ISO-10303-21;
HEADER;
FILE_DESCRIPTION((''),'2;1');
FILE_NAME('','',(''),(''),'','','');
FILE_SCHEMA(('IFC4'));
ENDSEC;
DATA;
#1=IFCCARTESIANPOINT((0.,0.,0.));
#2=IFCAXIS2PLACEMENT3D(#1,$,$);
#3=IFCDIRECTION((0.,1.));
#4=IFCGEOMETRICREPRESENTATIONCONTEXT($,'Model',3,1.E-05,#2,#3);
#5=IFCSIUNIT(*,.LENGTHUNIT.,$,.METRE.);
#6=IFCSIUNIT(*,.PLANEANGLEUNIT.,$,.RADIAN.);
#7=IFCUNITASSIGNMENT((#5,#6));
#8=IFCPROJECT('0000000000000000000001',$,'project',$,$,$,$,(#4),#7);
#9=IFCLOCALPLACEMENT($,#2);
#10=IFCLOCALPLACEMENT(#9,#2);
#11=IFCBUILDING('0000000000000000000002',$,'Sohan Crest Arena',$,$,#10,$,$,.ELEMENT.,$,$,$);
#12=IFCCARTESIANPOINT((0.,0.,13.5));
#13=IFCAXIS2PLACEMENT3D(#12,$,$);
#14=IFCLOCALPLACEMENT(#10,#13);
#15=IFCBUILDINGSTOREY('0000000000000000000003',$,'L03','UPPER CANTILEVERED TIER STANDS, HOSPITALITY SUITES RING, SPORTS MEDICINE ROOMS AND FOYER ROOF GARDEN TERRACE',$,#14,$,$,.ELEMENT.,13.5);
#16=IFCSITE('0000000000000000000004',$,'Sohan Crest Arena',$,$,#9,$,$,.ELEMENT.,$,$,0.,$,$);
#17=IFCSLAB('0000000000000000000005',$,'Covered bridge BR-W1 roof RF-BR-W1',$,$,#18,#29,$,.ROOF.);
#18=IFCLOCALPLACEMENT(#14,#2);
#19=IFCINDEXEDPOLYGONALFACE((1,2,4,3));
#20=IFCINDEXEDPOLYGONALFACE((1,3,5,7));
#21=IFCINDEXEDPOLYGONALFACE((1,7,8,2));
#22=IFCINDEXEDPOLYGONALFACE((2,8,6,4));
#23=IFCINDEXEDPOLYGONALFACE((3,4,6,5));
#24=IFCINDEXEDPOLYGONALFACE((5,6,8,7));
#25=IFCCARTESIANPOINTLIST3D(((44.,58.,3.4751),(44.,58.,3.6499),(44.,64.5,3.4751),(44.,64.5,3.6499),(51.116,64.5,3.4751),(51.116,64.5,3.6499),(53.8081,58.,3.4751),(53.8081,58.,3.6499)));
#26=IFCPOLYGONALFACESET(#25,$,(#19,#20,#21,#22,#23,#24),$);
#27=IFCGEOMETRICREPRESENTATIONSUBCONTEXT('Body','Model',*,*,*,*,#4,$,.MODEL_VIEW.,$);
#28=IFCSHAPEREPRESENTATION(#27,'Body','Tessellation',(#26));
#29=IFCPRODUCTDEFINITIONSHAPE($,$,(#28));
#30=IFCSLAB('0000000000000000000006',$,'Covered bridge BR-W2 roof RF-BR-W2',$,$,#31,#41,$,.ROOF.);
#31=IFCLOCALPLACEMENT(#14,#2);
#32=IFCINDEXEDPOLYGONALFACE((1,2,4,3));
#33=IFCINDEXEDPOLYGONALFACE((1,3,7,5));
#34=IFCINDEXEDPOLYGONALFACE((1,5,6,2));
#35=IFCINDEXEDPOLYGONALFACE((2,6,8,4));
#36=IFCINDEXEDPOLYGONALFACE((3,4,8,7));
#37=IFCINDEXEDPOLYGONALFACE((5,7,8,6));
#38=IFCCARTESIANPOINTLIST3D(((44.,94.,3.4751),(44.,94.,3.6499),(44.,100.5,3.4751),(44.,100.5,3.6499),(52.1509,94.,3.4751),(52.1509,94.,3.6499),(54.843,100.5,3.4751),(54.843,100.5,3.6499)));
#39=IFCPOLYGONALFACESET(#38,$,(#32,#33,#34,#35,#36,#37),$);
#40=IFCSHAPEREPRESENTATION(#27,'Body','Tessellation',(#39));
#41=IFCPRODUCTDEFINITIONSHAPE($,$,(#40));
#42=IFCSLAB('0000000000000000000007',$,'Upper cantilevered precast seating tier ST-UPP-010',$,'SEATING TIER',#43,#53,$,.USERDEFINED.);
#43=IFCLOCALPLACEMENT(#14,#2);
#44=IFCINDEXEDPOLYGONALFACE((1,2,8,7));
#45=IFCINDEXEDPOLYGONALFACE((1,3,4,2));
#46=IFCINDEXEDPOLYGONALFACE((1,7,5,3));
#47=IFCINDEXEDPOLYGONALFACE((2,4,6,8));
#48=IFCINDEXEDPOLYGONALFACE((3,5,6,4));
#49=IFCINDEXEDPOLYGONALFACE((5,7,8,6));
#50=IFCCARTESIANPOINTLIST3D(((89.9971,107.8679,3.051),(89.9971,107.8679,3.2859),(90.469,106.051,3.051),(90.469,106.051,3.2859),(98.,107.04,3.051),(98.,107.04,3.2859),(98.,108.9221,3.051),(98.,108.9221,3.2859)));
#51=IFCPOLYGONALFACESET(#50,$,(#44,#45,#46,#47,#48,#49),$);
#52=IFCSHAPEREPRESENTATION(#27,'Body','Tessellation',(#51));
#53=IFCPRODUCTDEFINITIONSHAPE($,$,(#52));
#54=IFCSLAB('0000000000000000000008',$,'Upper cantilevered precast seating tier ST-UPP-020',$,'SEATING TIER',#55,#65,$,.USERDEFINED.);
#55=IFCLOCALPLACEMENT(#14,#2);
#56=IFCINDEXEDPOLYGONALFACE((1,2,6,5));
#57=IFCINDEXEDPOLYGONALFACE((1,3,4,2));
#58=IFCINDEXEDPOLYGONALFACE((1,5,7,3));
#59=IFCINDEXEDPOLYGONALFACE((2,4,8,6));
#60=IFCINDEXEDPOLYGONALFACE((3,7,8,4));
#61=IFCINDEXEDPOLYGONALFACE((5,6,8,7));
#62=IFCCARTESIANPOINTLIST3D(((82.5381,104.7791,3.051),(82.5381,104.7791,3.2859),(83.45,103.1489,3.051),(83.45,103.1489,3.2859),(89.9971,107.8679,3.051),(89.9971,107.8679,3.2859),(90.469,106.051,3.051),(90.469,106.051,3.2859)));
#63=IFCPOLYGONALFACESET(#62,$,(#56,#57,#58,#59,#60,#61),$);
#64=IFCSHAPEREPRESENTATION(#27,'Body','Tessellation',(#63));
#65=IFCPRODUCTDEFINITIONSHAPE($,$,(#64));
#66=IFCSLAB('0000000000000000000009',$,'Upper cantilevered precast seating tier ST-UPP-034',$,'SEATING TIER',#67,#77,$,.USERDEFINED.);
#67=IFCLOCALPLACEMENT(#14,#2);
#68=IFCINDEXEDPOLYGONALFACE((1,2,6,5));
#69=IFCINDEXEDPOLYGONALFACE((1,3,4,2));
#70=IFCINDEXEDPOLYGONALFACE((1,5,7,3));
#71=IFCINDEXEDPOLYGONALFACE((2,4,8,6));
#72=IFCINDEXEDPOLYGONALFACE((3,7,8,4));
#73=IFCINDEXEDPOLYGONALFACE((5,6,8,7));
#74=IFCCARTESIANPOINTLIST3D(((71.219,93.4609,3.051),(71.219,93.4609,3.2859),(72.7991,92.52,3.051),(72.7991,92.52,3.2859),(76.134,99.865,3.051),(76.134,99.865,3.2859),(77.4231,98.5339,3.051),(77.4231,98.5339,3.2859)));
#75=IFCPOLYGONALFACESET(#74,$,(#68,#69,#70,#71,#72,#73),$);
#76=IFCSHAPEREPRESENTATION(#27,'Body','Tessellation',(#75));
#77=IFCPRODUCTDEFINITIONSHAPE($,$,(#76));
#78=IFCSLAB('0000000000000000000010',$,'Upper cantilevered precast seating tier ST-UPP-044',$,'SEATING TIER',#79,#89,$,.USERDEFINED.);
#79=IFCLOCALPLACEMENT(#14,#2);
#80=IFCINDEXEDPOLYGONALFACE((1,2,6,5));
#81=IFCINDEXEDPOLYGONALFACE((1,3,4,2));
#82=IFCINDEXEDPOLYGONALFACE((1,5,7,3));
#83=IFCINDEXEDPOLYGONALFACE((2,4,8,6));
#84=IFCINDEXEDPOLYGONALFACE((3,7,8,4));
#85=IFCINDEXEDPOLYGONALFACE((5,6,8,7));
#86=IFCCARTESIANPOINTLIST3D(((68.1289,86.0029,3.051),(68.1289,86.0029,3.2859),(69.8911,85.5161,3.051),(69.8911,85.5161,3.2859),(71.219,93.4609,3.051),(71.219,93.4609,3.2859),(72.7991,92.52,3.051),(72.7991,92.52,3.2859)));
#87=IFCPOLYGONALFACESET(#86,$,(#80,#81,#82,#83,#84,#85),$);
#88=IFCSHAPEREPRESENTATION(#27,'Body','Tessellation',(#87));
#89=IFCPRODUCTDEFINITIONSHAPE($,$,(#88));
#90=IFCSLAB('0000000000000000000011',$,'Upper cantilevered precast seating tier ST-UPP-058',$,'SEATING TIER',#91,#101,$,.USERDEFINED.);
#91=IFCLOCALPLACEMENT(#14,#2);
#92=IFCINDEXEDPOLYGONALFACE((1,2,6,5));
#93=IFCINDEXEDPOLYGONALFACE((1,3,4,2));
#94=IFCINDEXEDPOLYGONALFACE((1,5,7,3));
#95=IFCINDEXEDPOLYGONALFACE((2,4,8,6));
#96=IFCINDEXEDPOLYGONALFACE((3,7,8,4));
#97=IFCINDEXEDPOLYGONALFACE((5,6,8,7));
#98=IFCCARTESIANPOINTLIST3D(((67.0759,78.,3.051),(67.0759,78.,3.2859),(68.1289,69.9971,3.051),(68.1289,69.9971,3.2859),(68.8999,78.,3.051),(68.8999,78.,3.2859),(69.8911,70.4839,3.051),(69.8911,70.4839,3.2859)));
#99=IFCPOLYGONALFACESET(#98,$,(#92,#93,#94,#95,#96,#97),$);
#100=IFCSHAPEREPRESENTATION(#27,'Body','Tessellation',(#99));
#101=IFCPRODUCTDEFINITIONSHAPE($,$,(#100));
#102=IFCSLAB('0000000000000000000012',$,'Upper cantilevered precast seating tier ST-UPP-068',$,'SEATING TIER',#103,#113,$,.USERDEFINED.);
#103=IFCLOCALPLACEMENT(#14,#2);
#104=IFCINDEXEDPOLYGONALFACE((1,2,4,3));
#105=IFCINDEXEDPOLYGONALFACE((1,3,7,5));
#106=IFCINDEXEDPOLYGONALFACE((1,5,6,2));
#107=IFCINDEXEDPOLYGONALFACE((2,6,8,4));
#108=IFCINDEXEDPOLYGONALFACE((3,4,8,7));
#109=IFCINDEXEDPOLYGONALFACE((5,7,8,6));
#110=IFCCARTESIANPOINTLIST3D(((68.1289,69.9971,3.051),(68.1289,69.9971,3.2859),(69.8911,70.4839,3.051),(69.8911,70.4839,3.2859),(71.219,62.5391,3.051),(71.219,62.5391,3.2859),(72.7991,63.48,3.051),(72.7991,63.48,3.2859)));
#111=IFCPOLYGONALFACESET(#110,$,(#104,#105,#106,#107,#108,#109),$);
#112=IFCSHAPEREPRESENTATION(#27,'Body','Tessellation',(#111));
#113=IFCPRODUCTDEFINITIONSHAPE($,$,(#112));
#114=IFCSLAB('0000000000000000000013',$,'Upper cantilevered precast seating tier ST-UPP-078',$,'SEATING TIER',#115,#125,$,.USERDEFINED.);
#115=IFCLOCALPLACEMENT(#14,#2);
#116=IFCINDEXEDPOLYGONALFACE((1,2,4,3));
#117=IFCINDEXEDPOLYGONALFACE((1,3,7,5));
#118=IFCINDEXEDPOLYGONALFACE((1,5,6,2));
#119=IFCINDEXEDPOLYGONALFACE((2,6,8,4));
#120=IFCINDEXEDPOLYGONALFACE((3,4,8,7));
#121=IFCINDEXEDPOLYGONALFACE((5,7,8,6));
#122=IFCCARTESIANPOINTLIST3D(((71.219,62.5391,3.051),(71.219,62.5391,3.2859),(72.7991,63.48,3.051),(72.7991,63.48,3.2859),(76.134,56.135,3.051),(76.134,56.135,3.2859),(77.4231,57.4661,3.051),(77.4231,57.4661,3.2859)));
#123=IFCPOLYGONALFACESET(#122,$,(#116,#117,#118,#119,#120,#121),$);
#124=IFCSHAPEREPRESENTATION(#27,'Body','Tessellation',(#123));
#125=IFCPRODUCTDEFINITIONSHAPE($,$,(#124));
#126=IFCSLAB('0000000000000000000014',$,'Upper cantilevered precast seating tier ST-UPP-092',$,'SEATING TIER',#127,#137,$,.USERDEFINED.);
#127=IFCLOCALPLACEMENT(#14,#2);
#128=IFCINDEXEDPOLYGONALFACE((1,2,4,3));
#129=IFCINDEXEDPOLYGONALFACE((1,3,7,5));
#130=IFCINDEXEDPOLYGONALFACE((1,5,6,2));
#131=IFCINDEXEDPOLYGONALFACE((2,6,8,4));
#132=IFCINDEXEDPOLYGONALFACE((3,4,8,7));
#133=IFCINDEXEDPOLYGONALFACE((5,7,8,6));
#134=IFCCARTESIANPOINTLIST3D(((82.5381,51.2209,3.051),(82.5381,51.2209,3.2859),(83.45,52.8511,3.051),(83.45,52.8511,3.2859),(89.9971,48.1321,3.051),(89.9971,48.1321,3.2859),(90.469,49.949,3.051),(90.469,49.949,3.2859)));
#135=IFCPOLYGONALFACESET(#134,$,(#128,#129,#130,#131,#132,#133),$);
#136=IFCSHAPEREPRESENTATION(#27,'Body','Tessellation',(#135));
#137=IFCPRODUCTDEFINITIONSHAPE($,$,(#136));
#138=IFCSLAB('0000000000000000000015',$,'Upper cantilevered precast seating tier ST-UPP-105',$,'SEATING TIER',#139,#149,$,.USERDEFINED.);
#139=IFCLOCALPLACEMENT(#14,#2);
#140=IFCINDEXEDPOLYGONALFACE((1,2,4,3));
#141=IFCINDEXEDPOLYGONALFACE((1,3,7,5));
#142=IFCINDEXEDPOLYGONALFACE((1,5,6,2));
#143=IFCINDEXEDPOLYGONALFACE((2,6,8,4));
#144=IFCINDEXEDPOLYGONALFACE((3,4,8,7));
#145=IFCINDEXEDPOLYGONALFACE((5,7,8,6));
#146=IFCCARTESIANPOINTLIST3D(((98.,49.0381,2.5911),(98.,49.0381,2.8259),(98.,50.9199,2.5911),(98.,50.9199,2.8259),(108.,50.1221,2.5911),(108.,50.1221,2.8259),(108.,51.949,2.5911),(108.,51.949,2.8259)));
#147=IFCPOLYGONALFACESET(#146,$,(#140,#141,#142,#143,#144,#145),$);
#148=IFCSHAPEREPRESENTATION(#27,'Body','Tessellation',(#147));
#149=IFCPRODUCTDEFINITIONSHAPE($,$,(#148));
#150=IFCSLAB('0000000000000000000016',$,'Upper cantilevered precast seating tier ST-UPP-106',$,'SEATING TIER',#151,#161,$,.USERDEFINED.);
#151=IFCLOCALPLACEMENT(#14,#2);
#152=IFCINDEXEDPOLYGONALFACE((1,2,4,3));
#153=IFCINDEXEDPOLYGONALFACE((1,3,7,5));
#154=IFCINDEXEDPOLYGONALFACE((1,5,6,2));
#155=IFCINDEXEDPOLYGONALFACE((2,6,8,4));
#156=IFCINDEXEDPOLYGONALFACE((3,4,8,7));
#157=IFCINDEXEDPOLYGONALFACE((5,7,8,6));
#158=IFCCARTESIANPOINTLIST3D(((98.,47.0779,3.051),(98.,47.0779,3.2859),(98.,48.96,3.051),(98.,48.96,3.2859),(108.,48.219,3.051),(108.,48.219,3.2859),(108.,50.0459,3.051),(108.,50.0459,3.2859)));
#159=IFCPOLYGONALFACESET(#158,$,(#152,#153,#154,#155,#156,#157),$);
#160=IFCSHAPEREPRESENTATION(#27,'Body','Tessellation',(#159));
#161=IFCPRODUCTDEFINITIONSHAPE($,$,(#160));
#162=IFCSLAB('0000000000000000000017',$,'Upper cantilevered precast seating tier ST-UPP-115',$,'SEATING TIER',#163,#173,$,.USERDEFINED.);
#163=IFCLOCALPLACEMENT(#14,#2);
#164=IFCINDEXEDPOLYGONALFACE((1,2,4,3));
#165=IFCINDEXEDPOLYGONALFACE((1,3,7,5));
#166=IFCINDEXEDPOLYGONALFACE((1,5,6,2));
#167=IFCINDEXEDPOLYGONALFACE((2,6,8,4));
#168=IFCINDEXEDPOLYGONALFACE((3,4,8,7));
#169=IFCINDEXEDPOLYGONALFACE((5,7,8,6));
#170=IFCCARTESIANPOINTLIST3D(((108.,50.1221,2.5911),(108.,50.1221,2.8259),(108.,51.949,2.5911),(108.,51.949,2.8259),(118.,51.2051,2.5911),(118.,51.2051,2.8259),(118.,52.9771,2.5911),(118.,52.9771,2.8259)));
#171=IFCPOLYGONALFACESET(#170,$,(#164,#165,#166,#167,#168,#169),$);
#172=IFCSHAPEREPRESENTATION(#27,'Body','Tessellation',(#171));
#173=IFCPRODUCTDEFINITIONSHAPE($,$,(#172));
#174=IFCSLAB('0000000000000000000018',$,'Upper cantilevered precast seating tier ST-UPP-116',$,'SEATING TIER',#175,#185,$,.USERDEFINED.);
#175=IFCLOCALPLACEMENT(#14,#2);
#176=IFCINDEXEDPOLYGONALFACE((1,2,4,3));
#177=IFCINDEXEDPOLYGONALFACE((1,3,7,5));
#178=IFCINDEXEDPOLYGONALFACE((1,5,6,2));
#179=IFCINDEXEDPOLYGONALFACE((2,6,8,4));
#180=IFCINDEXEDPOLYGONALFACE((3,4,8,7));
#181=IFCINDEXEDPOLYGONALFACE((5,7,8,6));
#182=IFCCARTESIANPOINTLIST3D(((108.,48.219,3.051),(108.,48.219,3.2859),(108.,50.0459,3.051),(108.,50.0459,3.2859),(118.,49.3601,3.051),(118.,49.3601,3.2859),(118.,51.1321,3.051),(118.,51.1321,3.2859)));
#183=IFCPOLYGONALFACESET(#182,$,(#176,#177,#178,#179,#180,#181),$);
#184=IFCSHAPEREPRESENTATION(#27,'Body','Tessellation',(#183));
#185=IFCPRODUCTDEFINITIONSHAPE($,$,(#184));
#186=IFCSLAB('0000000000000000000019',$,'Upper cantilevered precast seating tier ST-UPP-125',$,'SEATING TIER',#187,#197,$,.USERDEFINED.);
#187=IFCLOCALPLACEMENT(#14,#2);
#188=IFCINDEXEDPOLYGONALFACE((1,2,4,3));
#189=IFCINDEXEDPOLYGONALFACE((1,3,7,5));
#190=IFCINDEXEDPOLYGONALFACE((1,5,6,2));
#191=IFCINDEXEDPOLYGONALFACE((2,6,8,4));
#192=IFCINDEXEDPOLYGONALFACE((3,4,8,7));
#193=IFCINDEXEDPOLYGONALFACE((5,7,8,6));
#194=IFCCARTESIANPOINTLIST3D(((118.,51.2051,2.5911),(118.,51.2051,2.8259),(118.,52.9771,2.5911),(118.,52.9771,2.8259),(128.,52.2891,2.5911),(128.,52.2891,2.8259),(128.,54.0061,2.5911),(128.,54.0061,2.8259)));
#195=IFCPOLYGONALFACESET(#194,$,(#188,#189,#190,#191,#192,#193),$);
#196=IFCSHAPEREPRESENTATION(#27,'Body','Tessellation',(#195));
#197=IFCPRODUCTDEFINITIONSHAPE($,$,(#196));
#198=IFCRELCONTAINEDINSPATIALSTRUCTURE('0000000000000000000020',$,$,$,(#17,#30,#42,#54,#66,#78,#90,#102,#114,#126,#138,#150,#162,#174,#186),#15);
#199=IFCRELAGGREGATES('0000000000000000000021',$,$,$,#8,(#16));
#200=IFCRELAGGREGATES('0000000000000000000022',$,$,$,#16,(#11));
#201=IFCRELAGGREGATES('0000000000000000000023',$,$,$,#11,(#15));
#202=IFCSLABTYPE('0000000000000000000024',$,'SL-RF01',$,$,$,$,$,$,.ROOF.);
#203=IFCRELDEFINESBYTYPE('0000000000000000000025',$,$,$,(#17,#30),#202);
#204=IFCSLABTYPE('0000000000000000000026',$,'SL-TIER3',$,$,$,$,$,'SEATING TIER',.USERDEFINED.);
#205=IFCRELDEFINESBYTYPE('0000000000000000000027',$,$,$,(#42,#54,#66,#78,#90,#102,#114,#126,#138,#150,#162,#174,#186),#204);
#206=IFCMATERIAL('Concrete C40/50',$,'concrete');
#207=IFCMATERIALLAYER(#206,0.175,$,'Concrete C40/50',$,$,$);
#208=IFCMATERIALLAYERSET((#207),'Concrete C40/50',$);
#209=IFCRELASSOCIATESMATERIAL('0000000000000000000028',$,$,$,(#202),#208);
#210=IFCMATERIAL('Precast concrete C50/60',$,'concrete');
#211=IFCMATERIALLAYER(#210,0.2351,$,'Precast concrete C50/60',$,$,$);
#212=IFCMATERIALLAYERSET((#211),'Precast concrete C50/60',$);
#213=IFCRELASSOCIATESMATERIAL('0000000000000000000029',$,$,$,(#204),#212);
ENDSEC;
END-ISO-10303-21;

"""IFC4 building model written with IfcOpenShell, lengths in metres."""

from ifc_helpers import new_model, si_unit, direction, frame, origin, place, context, subcontext, project, spatial, polyline, outline, extrude, material, layer, layer_set, type_object, element, save


model = new_model("IFC4")

# Units and contexts
model_context = context("Model", 3, precision=1e-05, world=origin(), true_north=direction((0.0, 1.0)))
body_context = subcontext(model_context, "Body", "Model", "MODEL_VIEW")
ifc_project = project(units=[si_unit("LENGTHUNIT", "METRE"), si_unit("PLANEANGLEUNIT", "RADIAN")], contexts=[model_context])

# Site, building, storey
site_placement = place(None, origin())
site = spatial("IfcSite", under=ifc_project, at=site_placement, Name="Sohan Crest Arena", CompositionType="ELEMENT", RefElevation=0.0)
building_placement = place(site_placement, origin())
building = spatial("IfcBuilding", under=site, at=building_placement, Name="Sohan Crest Arena", CompositionType="ELEMENT")
storey_placement = place(building_placement, frame((0.0, 0.0, 13.5)))
storey = spatial("IfcBuildingStorey", under=building, at=storey_placement, Name="L03", Description="UPPER CANTILEVERED TIER STANDS, HOSPITALITY SUITES RING, SPORTS MEDICINE ROOMS AND FOYER ROOF GARDEN TERRACE", CompositionType="ELEMENT", Elevation=13.5)

# Slabs
ifc_material_1 = material(Name="Concrete C40/50", Category="concrete")
ifc_layer_1 = layer(ifc_material_1, 0.175, Name="Concrete C40/50")
ifc_layer_set_1 = layer_set([ifc_layer_1], Name="Concrete C40/50")
slab_type_1 = type_object("IfcSlabType", Name="SL-RF01", PredefinedType="ROOF", material=ifc_layer_set_1)
slab_1_placement = place(storey_placement, frame((0.0, 0.0, 3.4751)))
element("IfcSlab", 1, at=slab_1_placement, inside=storey, type_object=slab_type_1, Name="Covered bridge BR-W1 roof RF-BR-W1", PredefinedType="ROOF", context=body_context, shape_type="SweptSolid", body=[
    extrude(outline(polyline([(51.116, 64.5), (53.8081, 58.0), (44.0, 58.0), (44.0, 64.5), (51.116, 64.5)])), origin(), (0.0, 0.0, 1.0), 0.1748),
])
slab_2_placement = place(storey_placement, frame((0.0, 0.0, 3.4751)))
element("IfcSlab", 2, at=slab_2_placement, inside=storey, type_object=slab_type_1, Name="Covered bridge BR-W2 roof RF-BR-W2", PredefinedType="ROOF", context=body_context, shape_type="SweptSolid", body=[
    extrude(outline(polyline([(54.843, 100.5), (52.1509, 94.0), (44.0, 94.0), (44.0, 100.5), (54.843, 100.5)])), origin(), (0.0, 0.0, 1.0), 0.1748),
])
ifc_material_2 = material(Name="Precast concrete C50/60", Category="concrete")
ifc_layer_2 = layer(ifc_material_2, 0.2351, Name="Precast concrete C50/60")
ifc_layer_set_2 = layer_set([ifc_layer_2], Name="Precast concrete C50/60")
slab_type_2 = type_object("IfcSlabType", Name="SL-TIER3", ElementType="SEATING TIER", PredefinedType="USERDEFINED", material=ifc_layer_set_2)
slab_3_placement = place(storey_placement, frame((0.0, 0.0, 3.051)))
element("IfcSlab", 3, at=slab_3_placement, inside=storey, type_object=slab_type_2, Name="Upper cantilevered precast seating tier ST-UPP-010", ObjectType="SEATING TIER", PredefinedType="USERDEFINED", context=body_context, shape_type="SweptSolid", body=[
    extrude(outline(polyline([(98.0, 107.04), (90.469, 106.051), (89.9971, 107.8679), (98.0, 108.9221), (98.0, 107.04)])), origin(), (0.0, 0.0, 1.0), 0.2349),
])
slab_4_placement = place(storey_placement, frame((0.0, 0.0, 3.051)))
element("IfcSlab", 4, at=slab_4_placement, inside=storey, type_object=slab_type_2, Name="Upper cantilevered precast seating tier ST-UPP-020", ObjectType="SEATING TIER", PredefinedType="USERDEFINED", context=body_context, shape_type="SweptSolid", body=[
    extrude(outline(polyline([(90.469, 106.051), (83.45, 103.1489), (82.5381, 104.7791), (89.9971, 107.8679), (90.469, 106.051)])), origin(), (0.0, 0.0, 1.0), 0.2349),
])
slab_5_placement = place(storey_placement, frame((0.0, 0.0, 3.051)))
element("IfcSlab", 5, at=slab_5_placement, inside=storey, type_object=slab_type_2, Name="Upper cantilevered precast seating tier ST-UPP-034", ObjectType="SEATING TIER", PredefinedType="USERDEFINED", context=body_context, shape_type="SweptSolid", body=[
    extrude(outline(polyline([(77.4231, 98.5339), (72.7991, 92.52), (71.219, 93.4609), (76.134, 99.865), (77.4231, 98.5339)])), origin(), (0.0, 0.0, 1.0), 0.2349),
])
slab_6_placement = place(storey_placement, frame((0.0, 0.0, 3.051)))
element("IfcSlab", 6, at=slab_6_placement, inside=storey, type_object=slab_type_2, Name="Upper cantilevered precast seating tier ST-UPP-044", ObjectType="SEATING TIER", PredefinedType="USERDEFINED", context=body_context, shape_type="SweptSolid", body=[
    extrude(outline(polyline([(72.7991, 92.52), (69.8911, 85.5161), (68.1289, 86.0029), (71.219, 93.4609), (72.7991, 92.52)])), origin(), (0.0, 0.0, 1.0), 0.2349),
])
slab_7_placement = place(storey_placement, frame((0.0, 0.0, 3.051)))
element("IfcSlab", 7, at=slab_7_placement, inside=storey, type_object=slab_type_2, Name="Upper cantilevered precast seating tier ST-UPP-058", ObjectType="SEATING TIER", PredefinedType="USERDEFINED", context=body_context, shape_type="SweptSolid", body=[
    extrude(outline(polyline([(68.8999, 78.0), (69.8911, 70.4839), (68.1289, 69.9971), (67.0759, 78.0), (68.8999, 78.0)])), origin(), (0.0, 0.0, 1.0), 0.2349),
])
slab_8_placement = place(storey_placement, frame((0.0, 0.0, 3.051)))
element("IfcSlab", 8, at=slab_8_placement, inside=storey, type_object=slab_type_2, Name="Upper cantilevered precast seating tier ST-UPP-068", ObjectType="SEATING TIER", PredefinedType="USERDEFINED", context=body_context, shape_type="SweptSolid", body=[
    extrude(outline(polyline([(69.8911, 70.4839), (72.7991, 63.48), (71.219, 62.5391), (68.1289, 69.9971), (69.8911, 70.4839)])), origin(), (0.0, 0.0, 1.0), 0.2349),
])
slab_9_placement = place(storey_placement, frame((0.0, 0.0, 3.051)))
element("IfcSlab", 9, at=slab_9_placement, inside=storey, type_object=slab_type_2, Name="Upper cantilevered precast seating tier ST-UPP-078", ObjectType="SEATING TIER", PredefinedType="USERDEFINED", context=body_context, shape_type="SweptSolid", body=[
    extrude(outline(polyline([(72.7991, 63.48), (77.4231, 57.4661), (76.134, 56.135), (71.219, 62.5391), (72.7991, 63.48)])), origin(), (0.0, 0.0, 1.0), 0.2349),
])
slab_10_placement = place(storey_placement, frame((0.0, 0.0, 3.051)))
element("IfcSlab", 10, at=slab_10_placement, inside=storey, type_object=slab_type_2, Name="Upper cantilevered precast seating tier ST-UPP-092", ObjectType="SEATING TIER", PredefinedType="USERDEFINED", context=body_context, shape_type="SweptSolid", body=[
    extrude(outline(polyline([(83.45, 52.8511), (90.469, 49.949), (89.9971, 48.1321), (82.5381, 51.2209), (83.45, 52.8511)])), origin(), (0.0, 0.0, 1.0), 0.2349),
])
slab_11_placement = place(storey_placement, frame((0.0, 0.0, 2.5911)))
element("IfcSlab", 11, at=slab_11_placement, inside=storey, type_object=slab_type_2, Name="Upper cantilevered precast seating tier ST-UPP-105", ObjectType="SEATING TIER", PredefinedType="USERDEFINED", context=body_context, shape_type="SweptSolid", body=[
    extrude(outline(polyline([(98.0, 50.9199), (108.0, 51.949), (108.0, 50.1221), (98.0, 49.0381), (98.0, 50.9199)])), origin(), (0.0, 0.0, 1.0), 0.2349),
])
slab_12_placement = place(storey_placement, frame((0.0, 0.0, 3.051)))
element("IfcSlab", 12, at=slab_12_placement, inside=storey, type_object=slab_type_2, Name="Upper cantilevered precast seating tier ST-UPP-106", ObjectType="SEATING TIER", PredefinedType="USERDEFINED", context=body_context, shape_type="SweptSolid", body=[
    extrude(outline(polyline([(98.0, 48.96), (108.0, 50.0459), (108.0, 48.219), (98.0, 47.0779), (98.0, 48.96)])), origin(), (0.0, 0.0, 1.0), 0.2349),
])
slab_13_placement = place(storey_placement, frame((0.0, 0.0, 2.5911)))
element("IfcSlab", 13, at=slab_13_placement, inside=storey, type_object=slab_type_2, Name="Upper cantilevered precast seating tier ST-UPP-115", ObjectType="SEATING TIER", PredefinedType="USERDEFINED", context=body_context, shape_type="SweptSolid", body=[
    extrude(outline(polyline([(108.0, 51.949), (118.0, 52.9771), (118.0, 51.2051), (108.0, 50.1221), (108.0, 51.949)])), origin(), (0.0, 0.0, 1.0), 0.2349),
])
slab_14_placement = place(storey_placement, frame((0.0, 0.0, 3.051)))
element("IfcSlab", 14, at=slab_14_placement, inside=storey, type_object=slab_type_2, Name="Upper cantilevered precast seating tier ST-UPP-116", ObjectType="SEATING TIER", PredefinedType="USERDEFINED", context=body_context, shape_type="SweptSolid", body=[
    extrude(outline(polyline([(108.0, 50.0459), (118.0, 51.1321), (118.0, 49.3601), (108.0, 48.219), (108.0, 50.0459)])), origin(), (0.0, 0.0, 1.0), 0.2349),
])
slab_15_placement = place(storey_placement, frame((0.0, 0.0, 2.5911)))
element("IfcSlab", 15, at=slab_15_placement, inside=storey, type_object=slab_type_2, Name="Upper cantilevered precast seating tier ST-UPP-125", ObjectType="SEATING TIER", PredefinedType="USERDEFINED", context=body_context, shape_type="SweptSolid", body=[
    extrude(outline(polyline([(118.0, 52.9771), (128.0, 54.0061), (128.0, 52.2891), (118.0, 51.2051), (118.0, 52.9771)])), origin(), (0.0, 0.0, 1.0), 0.2349),
])

save(model, "model.ifc")
